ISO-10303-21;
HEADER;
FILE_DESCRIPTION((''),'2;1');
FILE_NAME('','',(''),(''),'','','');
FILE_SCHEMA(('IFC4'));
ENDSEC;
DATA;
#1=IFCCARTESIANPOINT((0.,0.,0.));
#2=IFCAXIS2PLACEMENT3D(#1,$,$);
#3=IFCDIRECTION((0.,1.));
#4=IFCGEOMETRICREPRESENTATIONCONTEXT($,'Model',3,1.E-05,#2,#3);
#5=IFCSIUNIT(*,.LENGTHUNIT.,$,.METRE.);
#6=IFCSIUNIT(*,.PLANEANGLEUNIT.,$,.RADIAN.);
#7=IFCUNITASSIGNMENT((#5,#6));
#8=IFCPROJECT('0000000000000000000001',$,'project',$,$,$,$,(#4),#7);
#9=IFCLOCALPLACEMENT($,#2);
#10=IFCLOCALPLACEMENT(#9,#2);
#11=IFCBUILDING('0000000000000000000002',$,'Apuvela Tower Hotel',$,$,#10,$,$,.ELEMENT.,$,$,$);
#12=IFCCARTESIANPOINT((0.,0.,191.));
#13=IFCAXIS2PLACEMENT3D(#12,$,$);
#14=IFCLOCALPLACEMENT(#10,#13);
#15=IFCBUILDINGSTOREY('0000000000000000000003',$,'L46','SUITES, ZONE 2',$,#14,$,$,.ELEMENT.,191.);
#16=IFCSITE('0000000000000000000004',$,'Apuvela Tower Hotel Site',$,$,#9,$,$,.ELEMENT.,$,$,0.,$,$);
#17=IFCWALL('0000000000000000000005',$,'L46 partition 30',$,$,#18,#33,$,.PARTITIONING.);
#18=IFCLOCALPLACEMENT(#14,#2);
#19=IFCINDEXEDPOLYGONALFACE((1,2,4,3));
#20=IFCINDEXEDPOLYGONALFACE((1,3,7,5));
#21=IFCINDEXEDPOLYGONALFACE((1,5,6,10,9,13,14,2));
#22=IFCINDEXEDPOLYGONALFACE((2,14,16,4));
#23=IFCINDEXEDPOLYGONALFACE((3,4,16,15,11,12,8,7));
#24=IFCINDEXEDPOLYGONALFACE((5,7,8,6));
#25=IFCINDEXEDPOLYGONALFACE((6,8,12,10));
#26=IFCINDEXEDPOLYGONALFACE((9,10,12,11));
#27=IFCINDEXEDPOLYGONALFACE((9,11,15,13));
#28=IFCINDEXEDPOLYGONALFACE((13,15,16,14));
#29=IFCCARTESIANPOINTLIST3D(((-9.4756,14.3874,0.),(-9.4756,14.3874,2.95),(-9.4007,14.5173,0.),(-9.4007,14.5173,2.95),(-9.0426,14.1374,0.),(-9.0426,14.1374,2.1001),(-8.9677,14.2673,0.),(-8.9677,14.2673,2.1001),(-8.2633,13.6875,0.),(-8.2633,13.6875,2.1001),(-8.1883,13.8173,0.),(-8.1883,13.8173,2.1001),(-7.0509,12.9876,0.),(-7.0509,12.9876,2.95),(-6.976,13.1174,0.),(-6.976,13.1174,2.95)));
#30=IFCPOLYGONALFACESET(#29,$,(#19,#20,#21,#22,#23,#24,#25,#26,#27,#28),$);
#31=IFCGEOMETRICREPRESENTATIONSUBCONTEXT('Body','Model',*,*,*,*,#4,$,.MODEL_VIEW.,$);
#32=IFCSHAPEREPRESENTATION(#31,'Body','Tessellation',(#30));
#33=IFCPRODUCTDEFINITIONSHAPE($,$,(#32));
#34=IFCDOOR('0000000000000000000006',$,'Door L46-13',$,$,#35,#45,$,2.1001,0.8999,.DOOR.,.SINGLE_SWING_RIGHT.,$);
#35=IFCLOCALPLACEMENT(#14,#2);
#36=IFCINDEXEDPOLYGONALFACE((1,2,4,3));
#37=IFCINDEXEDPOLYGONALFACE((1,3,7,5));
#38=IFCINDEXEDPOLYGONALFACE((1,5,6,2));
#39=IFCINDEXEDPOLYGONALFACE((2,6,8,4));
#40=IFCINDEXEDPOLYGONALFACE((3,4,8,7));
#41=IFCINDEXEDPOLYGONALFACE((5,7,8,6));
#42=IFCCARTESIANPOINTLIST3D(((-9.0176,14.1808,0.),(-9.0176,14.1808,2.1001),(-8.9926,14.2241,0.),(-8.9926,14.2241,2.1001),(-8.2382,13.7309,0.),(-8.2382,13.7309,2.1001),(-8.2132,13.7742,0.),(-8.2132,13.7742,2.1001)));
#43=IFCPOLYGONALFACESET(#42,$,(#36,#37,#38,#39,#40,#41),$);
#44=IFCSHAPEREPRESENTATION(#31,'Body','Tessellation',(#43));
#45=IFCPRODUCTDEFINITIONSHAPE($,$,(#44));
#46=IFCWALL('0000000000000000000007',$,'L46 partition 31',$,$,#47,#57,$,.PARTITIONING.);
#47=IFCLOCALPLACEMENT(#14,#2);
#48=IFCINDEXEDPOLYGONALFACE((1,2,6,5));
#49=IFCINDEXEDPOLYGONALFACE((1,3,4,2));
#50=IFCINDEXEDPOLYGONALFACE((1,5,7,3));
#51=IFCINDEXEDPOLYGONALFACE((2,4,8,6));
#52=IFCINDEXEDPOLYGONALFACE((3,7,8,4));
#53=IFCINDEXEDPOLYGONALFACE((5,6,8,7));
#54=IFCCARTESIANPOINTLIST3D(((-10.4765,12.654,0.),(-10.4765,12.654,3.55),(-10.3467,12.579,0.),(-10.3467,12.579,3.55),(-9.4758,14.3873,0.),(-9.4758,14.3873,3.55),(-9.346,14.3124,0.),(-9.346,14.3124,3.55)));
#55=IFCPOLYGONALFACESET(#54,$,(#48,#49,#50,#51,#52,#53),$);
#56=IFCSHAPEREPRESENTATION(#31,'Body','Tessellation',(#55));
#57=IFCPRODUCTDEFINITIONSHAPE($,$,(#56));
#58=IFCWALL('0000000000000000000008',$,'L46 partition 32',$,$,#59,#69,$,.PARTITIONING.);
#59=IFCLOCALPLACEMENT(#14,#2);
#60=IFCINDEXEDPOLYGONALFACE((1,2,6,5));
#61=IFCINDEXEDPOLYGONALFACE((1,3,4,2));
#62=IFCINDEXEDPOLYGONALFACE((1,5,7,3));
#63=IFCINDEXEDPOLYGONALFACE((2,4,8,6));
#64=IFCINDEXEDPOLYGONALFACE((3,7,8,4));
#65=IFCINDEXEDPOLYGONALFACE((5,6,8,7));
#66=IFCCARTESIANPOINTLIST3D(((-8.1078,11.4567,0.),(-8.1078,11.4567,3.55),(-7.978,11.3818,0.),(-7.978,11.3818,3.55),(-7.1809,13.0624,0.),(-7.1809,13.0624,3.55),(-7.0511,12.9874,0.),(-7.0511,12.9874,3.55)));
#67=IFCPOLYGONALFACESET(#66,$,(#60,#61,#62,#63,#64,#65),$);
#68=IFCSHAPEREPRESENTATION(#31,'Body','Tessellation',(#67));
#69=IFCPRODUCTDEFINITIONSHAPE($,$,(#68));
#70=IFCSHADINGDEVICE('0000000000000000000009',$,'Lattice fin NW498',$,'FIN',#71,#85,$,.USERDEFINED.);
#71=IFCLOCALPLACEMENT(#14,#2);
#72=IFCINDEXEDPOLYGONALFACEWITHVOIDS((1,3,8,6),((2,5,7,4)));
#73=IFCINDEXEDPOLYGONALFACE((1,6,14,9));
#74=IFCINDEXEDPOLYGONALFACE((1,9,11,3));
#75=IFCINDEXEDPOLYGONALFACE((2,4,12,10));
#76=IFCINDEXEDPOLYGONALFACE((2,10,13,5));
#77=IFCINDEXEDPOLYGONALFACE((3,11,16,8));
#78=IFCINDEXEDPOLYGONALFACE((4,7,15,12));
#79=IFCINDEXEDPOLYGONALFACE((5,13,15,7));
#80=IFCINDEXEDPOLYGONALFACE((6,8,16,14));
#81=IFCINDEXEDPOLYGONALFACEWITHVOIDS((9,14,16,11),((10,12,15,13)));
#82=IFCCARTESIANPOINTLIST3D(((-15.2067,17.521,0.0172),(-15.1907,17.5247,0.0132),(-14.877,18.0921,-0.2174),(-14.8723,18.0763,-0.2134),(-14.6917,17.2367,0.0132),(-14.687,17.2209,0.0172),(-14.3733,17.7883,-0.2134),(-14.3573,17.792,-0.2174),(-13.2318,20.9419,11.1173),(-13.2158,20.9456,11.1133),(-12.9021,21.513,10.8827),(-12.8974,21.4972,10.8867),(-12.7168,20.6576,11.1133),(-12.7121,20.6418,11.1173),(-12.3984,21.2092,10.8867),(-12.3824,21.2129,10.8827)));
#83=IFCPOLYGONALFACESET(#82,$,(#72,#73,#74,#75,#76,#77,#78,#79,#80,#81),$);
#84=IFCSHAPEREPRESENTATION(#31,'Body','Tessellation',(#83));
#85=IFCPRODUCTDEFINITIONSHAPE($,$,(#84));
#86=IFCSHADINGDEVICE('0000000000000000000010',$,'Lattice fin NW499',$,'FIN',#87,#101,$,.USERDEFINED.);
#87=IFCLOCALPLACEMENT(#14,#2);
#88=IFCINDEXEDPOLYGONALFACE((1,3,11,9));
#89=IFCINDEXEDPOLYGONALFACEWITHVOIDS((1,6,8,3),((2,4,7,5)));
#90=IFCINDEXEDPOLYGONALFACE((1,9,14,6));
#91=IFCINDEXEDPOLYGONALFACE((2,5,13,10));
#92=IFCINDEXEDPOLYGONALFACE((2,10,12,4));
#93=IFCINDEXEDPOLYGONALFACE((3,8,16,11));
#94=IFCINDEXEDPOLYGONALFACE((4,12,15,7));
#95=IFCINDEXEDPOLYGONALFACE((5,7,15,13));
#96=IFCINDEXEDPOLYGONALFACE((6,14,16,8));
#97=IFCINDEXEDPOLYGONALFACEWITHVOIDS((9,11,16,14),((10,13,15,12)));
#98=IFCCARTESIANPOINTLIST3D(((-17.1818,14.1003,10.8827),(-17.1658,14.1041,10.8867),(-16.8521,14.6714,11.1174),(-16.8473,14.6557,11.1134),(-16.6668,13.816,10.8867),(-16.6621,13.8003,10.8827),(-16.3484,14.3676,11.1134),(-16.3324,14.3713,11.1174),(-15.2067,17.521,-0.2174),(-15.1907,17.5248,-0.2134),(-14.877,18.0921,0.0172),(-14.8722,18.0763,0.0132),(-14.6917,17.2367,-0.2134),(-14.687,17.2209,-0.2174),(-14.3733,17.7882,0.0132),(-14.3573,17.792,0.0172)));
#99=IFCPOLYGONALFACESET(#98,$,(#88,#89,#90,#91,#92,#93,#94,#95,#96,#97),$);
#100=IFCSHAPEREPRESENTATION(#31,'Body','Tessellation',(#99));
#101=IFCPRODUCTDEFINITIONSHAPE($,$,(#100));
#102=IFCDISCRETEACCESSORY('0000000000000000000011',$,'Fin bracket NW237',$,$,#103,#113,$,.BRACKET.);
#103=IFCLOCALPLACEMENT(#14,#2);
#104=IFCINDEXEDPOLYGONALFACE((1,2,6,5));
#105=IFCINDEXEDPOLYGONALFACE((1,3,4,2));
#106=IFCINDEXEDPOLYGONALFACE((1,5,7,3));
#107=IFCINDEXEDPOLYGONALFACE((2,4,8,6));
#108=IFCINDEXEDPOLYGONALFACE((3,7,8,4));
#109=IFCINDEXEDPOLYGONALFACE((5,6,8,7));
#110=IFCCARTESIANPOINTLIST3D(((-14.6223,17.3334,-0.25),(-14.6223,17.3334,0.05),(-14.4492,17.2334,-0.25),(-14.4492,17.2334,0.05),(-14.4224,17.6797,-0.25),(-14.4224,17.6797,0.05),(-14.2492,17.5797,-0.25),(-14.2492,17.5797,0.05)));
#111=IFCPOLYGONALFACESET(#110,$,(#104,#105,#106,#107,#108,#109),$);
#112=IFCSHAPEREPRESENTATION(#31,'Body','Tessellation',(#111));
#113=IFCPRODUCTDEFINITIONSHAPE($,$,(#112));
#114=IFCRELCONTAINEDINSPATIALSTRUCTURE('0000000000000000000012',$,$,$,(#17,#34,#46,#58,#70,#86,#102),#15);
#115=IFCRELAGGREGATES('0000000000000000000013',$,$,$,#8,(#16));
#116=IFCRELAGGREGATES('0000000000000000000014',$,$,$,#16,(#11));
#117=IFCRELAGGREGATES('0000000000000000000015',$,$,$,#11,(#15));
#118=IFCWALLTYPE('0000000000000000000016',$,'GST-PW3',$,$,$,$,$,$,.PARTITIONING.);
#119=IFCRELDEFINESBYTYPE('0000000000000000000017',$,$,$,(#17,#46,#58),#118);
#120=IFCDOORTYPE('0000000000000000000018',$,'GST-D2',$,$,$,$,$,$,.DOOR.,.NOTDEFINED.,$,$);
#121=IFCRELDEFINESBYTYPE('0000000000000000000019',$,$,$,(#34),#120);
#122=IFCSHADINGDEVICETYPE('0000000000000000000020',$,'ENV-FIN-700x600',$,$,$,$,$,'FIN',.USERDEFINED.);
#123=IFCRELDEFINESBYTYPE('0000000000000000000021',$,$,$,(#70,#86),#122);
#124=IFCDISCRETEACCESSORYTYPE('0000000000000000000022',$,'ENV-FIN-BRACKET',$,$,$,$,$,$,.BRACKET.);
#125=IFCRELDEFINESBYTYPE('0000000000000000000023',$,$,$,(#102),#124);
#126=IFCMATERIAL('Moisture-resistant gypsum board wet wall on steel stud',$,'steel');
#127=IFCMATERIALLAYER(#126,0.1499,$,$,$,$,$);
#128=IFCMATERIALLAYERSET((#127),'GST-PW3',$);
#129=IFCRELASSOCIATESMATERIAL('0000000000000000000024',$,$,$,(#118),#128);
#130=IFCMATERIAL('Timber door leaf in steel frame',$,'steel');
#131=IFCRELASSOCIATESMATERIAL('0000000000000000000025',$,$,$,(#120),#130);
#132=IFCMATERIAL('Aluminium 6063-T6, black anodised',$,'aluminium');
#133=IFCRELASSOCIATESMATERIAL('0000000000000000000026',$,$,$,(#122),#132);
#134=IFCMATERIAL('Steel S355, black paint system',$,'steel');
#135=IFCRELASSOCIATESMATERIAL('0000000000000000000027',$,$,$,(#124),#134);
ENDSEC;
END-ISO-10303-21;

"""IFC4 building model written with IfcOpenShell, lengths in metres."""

from ifc_helpers import new_model, si_unit, direction, frame, frame_2d, origin, origin_2d, place, context, subcontext, project, spatial, rectangle, hollow_rectangle, extrude, material, layer, layer_set, material_profile, profile_set, type_object, element, fill, save


model = new_model("IFC4")

# Units and contexts
model_context = context("Model", 3, precision=1e-05, world=origin(), true_north=direction((0.0, 1.0)))
body_context = subcontext(model_context, "Body", "Model", "MODEL_VIEW")
ifc_project = project(units=[si_unit("LENGTHUNIT", "METRE"), si_unit("PLANEANGLEUNIT", "RADIAN")], contexts=[model_context])

# Site, building, storey
site_placement = place(None, origin())
site = spatial("IfcSite", under=ifc_project, at=site_placement, Name="Apuvela Tower Hotel Site", CompositionType="ELEMENT", RefElevation=0.0)
building_placement = place(site_placement, origin())
building = spatial("IfcBuilding", under=site, at=building_placement, Name="Apuvela Tower Hotel", CompositionType="ELEMENT")
storey_placement = place(building_placement, frame((0.0, 0.0, 191.0)))
storey = spatial("IfcBuildingStorey", under=building, at=storey_placement, Name="L46", Description="SUITES, ZONE 2", CompositionType="ELEMENT", Elevation=191.0)

# Wall, opening, door
ifc_material_1 = material(Name="Moisture-resistant gypsum board wet wall on steel stud", Category="steel")
ifc_layer_1 = layer(ifc_material_1, 0.1499)
ifc_layer_set_1 = layer_set([ifc_layer_1], Name="GST-PW3")
wall_type_1 = type_object("IfcWallType", Name="GST-PW3", PredefinedType="PARTITIONING", material=ifc_layer_set_1)
wall_1_placement = place(storey_placement, frame((-7.0134, 13.0525, 0.0), z_axis=(0.0, 0.0, 1.0), x_axis=(-0.866035, 0.499984, 0.0)))
wall_1 = element("IfcWall", 1, at=wall_1_placement, inside=storey, type_object=wall_type_1, Name="L46 partition 30", PredefinedType="PARTITIONING", context=body_context, shape_type="SweptSolid", body=[
    extrude(rectangle(XDim=2.7998, YDim=0.1499, at=frame_2d((1.3999, 0.0))), origin(), (0.0, 0.0, 1.0), 2.95),
])
opening_1_placement = place(wall_1_placement, frame((1.3999, 0.0, 0.0)))
opening_1 = element("IfcOpeningElement", 2, at=opening_1_placement, cuts=wall_1, PredefinedType="OPENING", context=body_context, shape_type="SweptSolid", body=[
    extrude(rectangle(XDim=0.8999, YDim=2.1001, at=frame_2d((0.45, 1.05))), frame((0.0, 0.085, 0.0), z_axis=(0.0, -1.0, 0.0), x_axis=(1.0, 0.0, 0.0)), (0.0, 0.0, 1.0), 0.1699),
])
ifc_material_2 = material(Name="Timber door leaf in steel frame", Category="steel")
door_type_1 = type_object("IfcDoorType", Name="GST-D2", OperationType="NOTDEFINED", PredefinedType="DOOR", material=ifc_material_2)
door_1_placement = place(opening_1_placement, origin())
door_1 = element("IfcDoor", 3, at=door_1_placement, inside=storey, type_object=door_type_1, Name="Door L46-13", OperationType="SINGLE_SWING_RIGHT", OverallHeight=2.1001, OverallWidth=0.8999, PredefinedType="DOOR", context=body_context, shape_type="SweptSolid", body=[
    extrude(rectangle(XDim=0.8999, YDim=2.1001, at=frame_2d((0.45, 1.05))), frame((0.0, 0.0249, 0.0), z_axis=(0.0, -1.0, 0.0), x_axis=(1.0, 0.0, 0.0)), (0.0, 0.0, 1.0), 0.05),
])
fill(opening_1, door_1)

# Walls
wall_2_placement = place(storey_placement, frame((-9.4109, 14.3499, 0.0), z_axis=(0.0, 0.0, 1.0), x_axis=(-0.499983, -0.866035, 0.0)))
element("IfcWall", 4, at=wall_2_placement, inside=storey, type_object=wall_type_1, Name="L46 partition 31", PredefinedType="PARTITIONING", context=body_context, shape_type="SweptSolid", body=[
    extrude(rectangle(XDim=2.0015, YDim=0.1499, at=frame_2d((1.0007, 0.0))), origin(), (0.0, 0.0, 1.0), 3.55),
])
wall_3_placement = place(storey_placement, frame((-7.116, 13.0249, 0.0), z_axis=(0.0, 0.0, 1.0), x_axis=(-0.499977, -0.866039, 0.0)))
element("IfcWall", 5, at=wall_3_placement, inside=storey, type_object=wall_type_1, Name="L46 partition 32", PredefinedType="PARTITIONING", context=body_context, shape_type="SweptSolid", body=[
    extrude(rectangle(XDim=1.854, YDim=0.1499, at=frame_2d((0.927, 0.0))), origin(), (0.0, 0.0, 1.0), 3.55),
])

# Shading devices
ifc_material_3 = material(Name="Aluminium 6063-T6, black anodised", Category="aluminium")
ifc_material_profile_1 = material_profile(ifc_material_3, hollow_rectangle(XDim=0.6001, YDim=0.7, WallThickness=0.012, at=origin_2d()), Name="AL BOX 700x600x12")
ifc_profile_set_1 = profile_set([ifc_material_profile_1], Name="Aluminium 6063-T6, black anodised")
shading_device_type = type_object("IfcShadingDeviceType", Name="ENV-FIN-700x600", ElementType="FIN", PredefinedType="USERDEFINED", material=ifc_profile_set_1)
for number, where, z_axis, x_axis, name in (
    (6, (-14.782, 17.6565, -0.1001), (0.167617, 0.29035, 0.942126), (-0.866048, 0.499961, 0.0), "Lattice fin NW498"),
    (7, (-14.782, 17.6565, -0.1001), (-0.167638, -0.29033, 0.942128), (0.866005, -0.500035, 0.0), "Lattice fin NW499"),
):
    element("IfcShadingDevice", number, at=place(storey_placement, frame(where, z_axis=z_axis, x_axis=x_axis)), inside=storey, type_object=shading_device_type, Name=name, ObjectType="FIN", PredefinedType="USERDEFINED", context=body_context, shape_type="SweptSolid", body=[
        extrude(hollow_rectangle(XDim=0.6001, YDim=0.7, WallThickness=0.012, at=origin_2d()), origin(), (0.0, 0.0, 1.0), 11.782),
    ])

# Discrete accessory
ifc_material_4 = material(Name="Steel S355, black paint system", Category="steel")
discrete_accessory_type = type_object("IfcDiscreteAccessoryType", Name="ENV-FIN-BRACKET", PredefinedType="BRACKET", material=ifc_material_4)
discrete_accessory_placement = place(storey_placement, frame((-14.4358, 17.4565, -0.25), z_axis=(0.0, 0.0, 1.0), x_axis=(-0.5, -0.866025, 0.0)))
element("IfcDiscreteAccessory", 8, at=discrete_accessory_placement, inside=storey, type_object=discrete_accessory_type, Name="Fin bracket NW237", PredefinedType="BRACKET", context=body_context, shape_type="SweptSolid", body=[
    extrude(rectangle(XDim=0.3999, YDim=0.2, at=origin_2d()), origin(), (0.0, 0.0, 1.0), 0.3),
])

save(model, "model.ifc")
